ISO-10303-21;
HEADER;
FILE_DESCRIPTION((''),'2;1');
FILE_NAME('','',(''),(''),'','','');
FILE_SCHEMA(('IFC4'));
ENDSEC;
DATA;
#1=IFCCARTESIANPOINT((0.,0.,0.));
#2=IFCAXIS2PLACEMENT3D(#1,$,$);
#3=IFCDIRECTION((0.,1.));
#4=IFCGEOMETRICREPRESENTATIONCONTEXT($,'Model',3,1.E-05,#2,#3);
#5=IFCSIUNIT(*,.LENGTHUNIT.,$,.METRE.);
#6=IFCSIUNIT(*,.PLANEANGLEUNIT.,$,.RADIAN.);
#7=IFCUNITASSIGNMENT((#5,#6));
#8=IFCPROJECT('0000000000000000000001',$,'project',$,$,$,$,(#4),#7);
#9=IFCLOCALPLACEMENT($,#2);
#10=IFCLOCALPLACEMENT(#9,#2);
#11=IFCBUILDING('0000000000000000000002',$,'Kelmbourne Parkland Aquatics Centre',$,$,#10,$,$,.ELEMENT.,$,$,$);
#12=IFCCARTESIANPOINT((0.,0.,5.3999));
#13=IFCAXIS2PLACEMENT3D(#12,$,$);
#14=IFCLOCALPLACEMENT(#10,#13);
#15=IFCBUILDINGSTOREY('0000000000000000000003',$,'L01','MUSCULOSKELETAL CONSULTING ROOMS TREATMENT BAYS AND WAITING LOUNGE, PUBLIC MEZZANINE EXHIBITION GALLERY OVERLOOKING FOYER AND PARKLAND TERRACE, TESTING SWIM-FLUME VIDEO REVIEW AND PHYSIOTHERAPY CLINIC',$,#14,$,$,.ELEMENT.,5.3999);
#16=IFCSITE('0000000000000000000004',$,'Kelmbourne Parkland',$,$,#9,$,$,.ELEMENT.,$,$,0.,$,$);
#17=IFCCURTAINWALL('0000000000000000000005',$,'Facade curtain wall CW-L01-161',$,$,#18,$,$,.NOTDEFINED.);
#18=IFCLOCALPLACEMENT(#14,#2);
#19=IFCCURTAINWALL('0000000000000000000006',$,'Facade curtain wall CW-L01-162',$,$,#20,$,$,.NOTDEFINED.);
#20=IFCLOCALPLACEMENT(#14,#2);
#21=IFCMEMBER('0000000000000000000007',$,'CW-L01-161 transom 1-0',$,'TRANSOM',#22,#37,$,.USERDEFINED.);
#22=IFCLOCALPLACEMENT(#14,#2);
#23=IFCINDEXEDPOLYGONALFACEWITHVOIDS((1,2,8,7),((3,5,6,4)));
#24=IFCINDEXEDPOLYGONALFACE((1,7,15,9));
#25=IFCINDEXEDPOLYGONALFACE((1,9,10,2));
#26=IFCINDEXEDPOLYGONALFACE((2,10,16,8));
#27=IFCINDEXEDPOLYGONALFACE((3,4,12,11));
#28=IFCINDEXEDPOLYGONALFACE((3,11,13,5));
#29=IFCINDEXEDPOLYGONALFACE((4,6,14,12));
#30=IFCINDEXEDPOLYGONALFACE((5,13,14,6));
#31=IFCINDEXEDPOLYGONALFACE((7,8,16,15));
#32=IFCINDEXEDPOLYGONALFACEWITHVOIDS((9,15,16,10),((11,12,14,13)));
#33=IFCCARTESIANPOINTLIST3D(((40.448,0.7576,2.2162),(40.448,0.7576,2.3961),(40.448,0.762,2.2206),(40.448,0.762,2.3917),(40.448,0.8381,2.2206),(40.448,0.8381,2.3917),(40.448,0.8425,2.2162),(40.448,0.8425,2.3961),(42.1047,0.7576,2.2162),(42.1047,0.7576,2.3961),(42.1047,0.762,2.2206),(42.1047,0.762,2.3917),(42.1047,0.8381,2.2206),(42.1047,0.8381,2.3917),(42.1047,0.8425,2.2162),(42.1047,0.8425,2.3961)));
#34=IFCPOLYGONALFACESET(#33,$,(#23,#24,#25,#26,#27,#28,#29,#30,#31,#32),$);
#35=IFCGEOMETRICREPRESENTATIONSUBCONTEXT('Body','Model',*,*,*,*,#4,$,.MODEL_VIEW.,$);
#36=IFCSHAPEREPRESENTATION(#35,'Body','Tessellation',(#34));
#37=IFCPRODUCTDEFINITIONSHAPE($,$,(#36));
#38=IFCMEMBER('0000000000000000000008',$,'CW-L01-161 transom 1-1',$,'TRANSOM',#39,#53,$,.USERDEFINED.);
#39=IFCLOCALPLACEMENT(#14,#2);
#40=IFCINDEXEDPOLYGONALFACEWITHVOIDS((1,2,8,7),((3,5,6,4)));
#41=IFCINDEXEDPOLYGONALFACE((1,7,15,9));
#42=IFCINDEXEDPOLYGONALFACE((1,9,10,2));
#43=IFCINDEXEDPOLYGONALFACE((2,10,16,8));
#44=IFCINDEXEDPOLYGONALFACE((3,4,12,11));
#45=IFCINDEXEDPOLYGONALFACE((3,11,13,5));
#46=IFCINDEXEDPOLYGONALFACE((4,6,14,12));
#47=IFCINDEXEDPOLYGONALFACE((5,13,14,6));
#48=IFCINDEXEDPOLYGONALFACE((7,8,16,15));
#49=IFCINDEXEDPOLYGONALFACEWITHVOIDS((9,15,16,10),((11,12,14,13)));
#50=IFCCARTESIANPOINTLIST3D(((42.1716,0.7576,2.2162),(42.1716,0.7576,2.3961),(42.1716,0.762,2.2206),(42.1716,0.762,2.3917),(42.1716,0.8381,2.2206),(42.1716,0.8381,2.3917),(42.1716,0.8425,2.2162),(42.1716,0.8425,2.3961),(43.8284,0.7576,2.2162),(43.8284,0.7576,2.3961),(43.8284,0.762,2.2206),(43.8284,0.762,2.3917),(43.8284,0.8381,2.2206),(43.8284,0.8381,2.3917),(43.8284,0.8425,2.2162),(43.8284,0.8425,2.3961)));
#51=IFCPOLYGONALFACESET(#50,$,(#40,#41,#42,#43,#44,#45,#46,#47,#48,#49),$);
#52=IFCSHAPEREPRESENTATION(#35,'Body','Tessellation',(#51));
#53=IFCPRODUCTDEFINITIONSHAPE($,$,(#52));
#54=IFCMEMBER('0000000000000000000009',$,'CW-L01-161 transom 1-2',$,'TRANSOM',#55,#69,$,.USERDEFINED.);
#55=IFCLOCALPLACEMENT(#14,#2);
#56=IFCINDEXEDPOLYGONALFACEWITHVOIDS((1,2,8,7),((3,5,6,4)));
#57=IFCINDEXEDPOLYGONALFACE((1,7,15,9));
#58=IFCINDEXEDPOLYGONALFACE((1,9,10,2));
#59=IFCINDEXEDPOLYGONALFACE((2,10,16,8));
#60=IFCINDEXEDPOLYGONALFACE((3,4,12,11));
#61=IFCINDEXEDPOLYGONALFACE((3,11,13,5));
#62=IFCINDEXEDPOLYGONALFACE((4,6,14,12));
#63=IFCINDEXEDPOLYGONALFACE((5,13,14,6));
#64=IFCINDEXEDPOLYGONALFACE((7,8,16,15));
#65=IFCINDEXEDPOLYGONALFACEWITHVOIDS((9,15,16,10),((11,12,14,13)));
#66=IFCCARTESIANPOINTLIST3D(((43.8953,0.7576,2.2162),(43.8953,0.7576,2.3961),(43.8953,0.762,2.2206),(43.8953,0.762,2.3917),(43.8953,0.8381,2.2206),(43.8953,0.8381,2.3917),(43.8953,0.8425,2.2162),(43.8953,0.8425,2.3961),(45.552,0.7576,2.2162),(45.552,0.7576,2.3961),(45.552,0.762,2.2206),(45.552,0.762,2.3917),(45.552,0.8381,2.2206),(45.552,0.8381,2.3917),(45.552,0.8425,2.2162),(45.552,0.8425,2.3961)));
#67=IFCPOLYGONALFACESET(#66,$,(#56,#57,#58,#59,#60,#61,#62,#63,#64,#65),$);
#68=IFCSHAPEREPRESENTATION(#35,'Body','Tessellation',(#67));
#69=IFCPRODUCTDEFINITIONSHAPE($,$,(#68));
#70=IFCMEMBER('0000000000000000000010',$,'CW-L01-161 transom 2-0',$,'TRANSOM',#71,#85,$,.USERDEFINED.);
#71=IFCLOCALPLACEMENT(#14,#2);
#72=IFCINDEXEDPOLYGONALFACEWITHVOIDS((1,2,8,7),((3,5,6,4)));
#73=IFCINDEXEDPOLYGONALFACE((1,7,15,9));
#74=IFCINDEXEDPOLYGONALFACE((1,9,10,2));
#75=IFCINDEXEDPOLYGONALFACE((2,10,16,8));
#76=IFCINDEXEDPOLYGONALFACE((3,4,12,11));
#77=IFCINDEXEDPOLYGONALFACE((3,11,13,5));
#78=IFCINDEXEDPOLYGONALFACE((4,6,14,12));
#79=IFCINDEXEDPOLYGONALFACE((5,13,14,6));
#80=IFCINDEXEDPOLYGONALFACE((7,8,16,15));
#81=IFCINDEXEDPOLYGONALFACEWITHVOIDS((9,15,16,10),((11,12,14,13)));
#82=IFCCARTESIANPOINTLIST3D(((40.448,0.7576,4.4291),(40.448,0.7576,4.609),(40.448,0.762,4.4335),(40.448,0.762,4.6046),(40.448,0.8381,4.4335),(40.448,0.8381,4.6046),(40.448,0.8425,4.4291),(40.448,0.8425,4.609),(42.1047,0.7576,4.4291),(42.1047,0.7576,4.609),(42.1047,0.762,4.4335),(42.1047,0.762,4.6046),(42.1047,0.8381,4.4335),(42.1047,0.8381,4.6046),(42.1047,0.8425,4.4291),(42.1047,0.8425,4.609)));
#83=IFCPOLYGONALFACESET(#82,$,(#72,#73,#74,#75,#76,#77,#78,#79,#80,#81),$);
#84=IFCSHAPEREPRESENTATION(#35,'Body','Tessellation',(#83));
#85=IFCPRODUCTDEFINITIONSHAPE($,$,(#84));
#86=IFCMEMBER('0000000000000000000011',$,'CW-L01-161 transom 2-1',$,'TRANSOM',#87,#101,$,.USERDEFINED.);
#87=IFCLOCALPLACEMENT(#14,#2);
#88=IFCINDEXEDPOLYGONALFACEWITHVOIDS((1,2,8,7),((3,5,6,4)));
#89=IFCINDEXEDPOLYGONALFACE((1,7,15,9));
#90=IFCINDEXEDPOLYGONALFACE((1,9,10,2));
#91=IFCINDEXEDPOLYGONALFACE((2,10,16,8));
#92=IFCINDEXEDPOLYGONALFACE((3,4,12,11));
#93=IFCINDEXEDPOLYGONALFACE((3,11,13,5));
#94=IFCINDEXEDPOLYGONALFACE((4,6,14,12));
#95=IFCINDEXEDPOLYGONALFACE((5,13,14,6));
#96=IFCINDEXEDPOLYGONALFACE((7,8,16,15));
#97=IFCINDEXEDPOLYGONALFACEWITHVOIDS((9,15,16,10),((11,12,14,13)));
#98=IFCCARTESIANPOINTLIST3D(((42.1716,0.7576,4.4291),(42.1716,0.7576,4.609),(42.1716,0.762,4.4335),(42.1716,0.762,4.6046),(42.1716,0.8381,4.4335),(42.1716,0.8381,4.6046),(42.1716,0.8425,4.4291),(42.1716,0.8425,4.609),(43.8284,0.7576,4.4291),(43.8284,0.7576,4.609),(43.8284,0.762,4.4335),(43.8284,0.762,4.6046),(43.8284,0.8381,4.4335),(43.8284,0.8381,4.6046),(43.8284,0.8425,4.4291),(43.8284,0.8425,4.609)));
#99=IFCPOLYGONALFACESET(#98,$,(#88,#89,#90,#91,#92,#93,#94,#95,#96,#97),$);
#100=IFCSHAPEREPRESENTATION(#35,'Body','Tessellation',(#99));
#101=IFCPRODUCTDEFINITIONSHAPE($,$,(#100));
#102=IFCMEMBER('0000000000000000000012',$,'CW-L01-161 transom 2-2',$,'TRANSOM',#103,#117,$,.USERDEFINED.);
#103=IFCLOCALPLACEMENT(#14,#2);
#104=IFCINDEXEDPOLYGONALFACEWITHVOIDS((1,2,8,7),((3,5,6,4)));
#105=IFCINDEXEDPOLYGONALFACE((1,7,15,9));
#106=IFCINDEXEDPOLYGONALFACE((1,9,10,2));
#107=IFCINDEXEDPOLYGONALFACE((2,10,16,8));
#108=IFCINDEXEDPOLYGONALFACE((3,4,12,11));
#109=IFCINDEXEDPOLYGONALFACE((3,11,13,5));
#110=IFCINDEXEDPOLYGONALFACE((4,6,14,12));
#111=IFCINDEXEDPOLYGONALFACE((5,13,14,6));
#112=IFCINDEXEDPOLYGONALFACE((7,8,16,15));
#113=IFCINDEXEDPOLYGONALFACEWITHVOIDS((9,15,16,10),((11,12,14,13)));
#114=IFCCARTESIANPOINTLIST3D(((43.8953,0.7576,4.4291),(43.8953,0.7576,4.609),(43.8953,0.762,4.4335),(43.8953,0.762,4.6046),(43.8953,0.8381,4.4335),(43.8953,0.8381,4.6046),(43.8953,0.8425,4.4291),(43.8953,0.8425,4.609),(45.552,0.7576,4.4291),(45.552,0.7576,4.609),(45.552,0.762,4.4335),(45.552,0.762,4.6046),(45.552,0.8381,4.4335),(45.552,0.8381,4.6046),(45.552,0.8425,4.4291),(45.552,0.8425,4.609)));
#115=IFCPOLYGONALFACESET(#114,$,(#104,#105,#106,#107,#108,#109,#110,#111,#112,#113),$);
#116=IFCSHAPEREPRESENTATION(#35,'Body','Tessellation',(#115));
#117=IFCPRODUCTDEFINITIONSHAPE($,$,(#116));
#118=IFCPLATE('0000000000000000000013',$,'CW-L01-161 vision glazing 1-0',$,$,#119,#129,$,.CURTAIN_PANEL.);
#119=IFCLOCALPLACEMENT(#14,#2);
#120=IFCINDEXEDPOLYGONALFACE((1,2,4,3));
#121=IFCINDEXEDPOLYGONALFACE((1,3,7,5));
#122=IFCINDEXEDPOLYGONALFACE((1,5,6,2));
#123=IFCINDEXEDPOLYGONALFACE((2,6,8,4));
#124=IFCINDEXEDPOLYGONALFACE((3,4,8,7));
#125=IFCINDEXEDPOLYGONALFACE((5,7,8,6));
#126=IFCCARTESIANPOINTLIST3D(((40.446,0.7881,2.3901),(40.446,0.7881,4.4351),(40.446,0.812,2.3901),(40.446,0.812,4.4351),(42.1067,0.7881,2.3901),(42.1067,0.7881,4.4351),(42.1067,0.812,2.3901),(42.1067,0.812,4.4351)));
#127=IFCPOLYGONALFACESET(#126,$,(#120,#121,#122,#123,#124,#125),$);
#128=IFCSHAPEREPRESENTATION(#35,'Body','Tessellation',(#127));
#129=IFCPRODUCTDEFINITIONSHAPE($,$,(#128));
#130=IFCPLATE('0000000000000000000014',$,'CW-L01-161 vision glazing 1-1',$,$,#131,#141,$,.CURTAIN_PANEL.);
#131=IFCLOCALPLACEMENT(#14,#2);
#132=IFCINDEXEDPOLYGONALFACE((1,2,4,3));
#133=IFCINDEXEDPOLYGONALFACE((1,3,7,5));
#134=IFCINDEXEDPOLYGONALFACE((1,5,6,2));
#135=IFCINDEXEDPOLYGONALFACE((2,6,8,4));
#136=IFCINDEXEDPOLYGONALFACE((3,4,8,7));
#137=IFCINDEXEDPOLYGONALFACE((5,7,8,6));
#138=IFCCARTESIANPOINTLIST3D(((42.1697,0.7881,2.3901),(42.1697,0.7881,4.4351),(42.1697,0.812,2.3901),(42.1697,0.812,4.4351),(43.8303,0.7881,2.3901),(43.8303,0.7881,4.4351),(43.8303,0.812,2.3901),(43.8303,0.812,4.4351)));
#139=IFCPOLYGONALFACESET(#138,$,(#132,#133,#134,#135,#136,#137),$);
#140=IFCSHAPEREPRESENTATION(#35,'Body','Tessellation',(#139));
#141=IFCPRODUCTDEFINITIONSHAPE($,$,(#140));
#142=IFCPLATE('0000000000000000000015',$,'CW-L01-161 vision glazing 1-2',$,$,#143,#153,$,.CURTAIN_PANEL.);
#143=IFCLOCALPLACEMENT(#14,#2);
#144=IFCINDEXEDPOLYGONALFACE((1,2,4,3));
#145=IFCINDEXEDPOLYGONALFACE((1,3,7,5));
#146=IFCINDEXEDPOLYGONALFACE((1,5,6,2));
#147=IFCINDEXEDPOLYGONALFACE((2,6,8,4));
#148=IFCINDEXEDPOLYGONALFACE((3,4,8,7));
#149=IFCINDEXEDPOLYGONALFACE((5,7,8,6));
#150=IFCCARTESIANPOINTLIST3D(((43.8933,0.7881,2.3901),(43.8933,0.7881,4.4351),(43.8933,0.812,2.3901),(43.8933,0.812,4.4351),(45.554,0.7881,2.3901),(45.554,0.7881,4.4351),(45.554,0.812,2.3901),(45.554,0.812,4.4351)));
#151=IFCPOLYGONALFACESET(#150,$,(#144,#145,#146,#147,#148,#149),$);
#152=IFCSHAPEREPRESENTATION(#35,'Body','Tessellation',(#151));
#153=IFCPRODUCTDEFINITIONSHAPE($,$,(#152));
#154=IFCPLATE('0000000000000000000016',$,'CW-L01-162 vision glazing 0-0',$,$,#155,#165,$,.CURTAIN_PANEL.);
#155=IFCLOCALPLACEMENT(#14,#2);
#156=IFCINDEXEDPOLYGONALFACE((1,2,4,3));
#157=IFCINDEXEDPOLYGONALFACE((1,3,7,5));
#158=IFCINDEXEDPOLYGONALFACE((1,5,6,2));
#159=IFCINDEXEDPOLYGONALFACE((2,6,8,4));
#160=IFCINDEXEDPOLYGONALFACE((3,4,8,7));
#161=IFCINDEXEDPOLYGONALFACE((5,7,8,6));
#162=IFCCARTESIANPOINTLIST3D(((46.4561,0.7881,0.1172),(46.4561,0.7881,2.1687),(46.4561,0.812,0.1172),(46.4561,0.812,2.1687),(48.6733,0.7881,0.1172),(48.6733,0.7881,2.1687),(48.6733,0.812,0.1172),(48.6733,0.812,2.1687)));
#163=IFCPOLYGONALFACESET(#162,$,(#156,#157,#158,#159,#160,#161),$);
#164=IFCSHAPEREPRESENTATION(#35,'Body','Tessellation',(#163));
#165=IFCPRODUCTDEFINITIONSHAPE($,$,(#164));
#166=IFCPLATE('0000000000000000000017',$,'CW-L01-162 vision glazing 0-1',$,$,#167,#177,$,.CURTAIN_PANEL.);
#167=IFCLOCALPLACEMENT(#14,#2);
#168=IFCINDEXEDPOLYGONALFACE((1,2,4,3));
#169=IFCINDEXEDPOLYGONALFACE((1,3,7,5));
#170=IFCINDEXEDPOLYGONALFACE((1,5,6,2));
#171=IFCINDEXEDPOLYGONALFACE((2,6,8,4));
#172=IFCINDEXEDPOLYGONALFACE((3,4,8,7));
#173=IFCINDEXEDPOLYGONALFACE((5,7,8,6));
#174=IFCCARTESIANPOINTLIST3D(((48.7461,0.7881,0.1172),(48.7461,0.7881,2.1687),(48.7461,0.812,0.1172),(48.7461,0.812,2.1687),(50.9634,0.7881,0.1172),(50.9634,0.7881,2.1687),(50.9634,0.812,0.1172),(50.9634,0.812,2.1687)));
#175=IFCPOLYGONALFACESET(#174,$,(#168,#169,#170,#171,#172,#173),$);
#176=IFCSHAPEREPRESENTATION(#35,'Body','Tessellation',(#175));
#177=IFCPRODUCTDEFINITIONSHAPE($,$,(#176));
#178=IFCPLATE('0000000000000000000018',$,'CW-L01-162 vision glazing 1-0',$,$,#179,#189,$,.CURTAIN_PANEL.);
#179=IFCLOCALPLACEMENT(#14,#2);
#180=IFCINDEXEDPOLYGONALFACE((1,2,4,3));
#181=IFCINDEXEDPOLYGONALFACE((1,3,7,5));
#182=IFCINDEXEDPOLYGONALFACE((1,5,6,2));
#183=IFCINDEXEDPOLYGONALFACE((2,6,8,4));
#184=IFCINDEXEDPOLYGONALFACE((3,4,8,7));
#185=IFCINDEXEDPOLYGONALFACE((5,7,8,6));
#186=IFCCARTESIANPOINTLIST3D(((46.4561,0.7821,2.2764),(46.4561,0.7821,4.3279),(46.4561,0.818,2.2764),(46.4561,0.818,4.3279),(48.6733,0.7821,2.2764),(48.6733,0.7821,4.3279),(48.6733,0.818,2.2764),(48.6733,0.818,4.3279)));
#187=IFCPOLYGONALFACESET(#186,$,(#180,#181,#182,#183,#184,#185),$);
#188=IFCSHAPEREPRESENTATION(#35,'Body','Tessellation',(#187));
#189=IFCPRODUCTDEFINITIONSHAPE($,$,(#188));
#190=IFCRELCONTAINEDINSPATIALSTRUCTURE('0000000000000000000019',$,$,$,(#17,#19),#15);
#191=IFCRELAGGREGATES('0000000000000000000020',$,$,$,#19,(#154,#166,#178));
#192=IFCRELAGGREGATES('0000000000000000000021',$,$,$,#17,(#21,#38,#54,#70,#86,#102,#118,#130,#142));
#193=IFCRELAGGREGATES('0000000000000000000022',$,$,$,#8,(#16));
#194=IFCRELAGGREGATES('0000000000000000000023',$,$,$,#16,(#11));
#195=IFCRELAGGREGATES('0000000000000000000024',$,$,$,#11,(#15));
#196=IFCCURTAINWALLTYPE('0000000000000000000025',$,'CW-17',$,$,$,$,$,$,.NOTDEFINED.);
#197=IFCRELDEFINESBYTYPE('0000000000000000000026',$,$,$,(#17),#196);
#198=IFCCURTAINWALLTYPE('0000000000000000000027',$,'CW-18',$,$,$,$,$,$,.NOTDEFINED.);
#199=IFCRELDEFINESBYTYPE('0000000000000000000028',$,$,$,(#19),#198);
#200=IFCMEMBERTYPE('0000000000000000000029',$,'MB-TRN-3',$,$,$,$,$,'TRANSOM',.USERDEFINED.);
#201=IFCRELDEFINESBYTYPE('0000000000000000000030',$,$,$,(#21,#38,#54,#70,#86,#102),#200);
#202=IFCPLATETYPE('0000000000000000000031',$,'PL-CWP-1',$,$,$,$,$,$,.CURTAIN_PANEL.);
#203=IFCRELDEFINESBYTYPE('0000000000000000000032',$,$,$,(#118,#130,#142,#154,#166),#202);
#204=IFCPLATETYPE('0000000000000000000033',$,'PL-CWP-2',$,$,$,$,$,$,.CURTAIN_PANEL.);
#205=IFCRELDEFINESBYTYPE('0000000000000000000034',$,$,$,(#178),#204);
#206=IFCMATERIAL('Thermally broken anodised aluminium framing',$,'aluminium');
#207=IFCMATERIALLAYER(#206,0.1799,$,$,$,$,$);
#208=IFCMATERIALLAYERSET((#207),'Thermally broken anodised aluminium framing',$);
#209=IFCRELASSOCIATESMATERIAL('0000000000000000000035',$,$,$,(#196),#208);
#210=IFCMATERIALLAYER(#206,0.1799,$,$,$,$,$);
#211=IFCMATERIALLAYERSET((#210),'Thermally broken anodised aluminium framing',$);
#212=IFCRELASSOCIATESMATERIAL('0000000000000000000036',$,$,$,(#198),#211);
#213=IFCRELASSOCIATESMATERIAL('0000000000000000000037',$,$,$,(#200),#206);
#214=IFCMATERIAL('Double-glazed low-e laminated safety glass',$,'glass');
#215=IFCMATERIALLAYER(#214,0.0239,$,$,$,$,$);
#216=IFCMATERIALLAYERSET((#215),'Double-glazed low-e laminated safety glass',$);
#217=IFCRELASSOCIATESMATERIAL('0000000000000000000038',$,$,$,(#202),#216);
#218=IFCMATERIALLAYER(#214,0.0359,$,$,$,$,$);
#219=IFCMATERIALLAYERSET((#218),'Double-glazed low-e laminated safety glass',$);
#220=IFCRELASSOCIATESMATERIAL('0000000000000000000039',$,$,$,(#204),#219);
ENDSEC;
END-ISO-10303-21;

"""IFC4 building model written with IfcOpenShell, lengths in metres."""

from ifc_helpers import new_model, si_unit, direction, frame, origin, origin_2d, place, context, subcontext, project, spatial, rectangle, hollow_rectangle, extrude, material, layer, layer_set, material_profile, profile_set, type_object, element, aggregate, save


model = new_model("IFC4")

# Units and contexts
model_context = context("Model", 3, precision=1e-05, world=origin(), true_north=direction((0.0, 1.0)))
body_context = subcontext(model_context, "Body", "Model", "MODEL_VIEW")
ifc_project = project(units=[si_unit("LENGTHUNIT", "METRE"), si_unit("PLANEANGLEUNIT", "RADIAN")], contexts=[model_context])

# Site, building, storey
site_placement = place(None, origin())
site = spatial("IfcSite", under=ifc_project, at=site_placement, Name="Kelmbourne Parkland", CompositionType="ELEMENT", RefElevation=0.0)
building_placement = place(site_placement, origin())
building = spatial("IfcBuilding", under=site, at=building_placement, Name="Kelmbourne Parkland Aquatics Centre", CompositionType="ELEMENT")
storey_placement = place(building_placement, frame((0.0, 0.0, 5.3999)))
storey = spatial("IfcBuildingStorey", under=building, at=storey_placement, Name="L01", Description="MUSCULOSKELETAL CONSULTING ROOMS TREATMENT BAYS AND WAITING LOUNGE, PUBLIC MEZZANINE EXHIBITION GALLERY OVERLOOKING FOYER AND PARKLAND TERRACE, TESTING SWIM-FLUME VIDEO REVIEW AND PHYSIOTHERAPY CLINIC", CompositionType="ELEMENT", Elevation=5.3999)

# Curtain walls
ifc_material_1 = material(Name="Thermally broken anodised aluminium framing", Category="aluminium")
ifc_layer_1 = layer(ifc_material_1, 0.1799)
ifc_layer_set_1 = layer_set([ifc_layer_1], Name="Thermally broken anodised aluminium framing")
curtain_wall_type_1 = type_object("IfcCurtainWallType", Name="CW-17", PredefinedType="NOTDEFINED", material=ifc_layer_set_1)
curtain_wall_1_placement = place(storey_placement, origin())
curtain_wall_1 = element("IfcCurtainWall", 1, at=curtain_wall_1_placement, inside=storey, type_object=curtain_wall_type_1, Name="Facade curtain wall CW-L01-161", PredefinedType="NOTDEFINED")
ifc_layer_2 = layer(ifc_material_1, 0.1799)
ifc_layer_set_2 = layer_set([ifc_layer_2], Name="Thermally broken anodised aluminium framing")
curtain_wall_type_2 = type_object("IfcCurtainWallType", Name="CW-18", PredefinedType="NOTDEFINED", material=ifc_layer_set_2)
curtain_wall_2_placement = place(storey_placement, origin())
curtain_wall_2 = element("IfcCurtainWall", 2, at=curtain_wall_2_placement, inside=storey, type_object=curtain_wall_type_2, Name="Facade curtain wall CW-L01-162", PredefinedType="NOTDEFINED")

# Members
ifc_material_profile_1 = material_profile(ifc_material_1, hollow_rectangle(XDim=0.085, YDim=0.1799, WallThickness=0.0044, at=origin_2d()), Name="CW-T 85x180")
ifc_profile_set_1 = profile_set([ifc_material_profile_1], Name="Thermally broken anodised aluminium framing")
member_type_1 = type_object("IfcMemberType", Name="MB-TRN-3", ElementType="TRANSOM", PredefinedType="USERDEFINED", material=ifc_profile_set_1)
member_1_placement = place(storey_placement, frame((40.448, 0.8, 2.3062), z_axis=(1.0, 0.0, 0.0), x_axis=(0.0, 1.0, 0.0)))
member_1 = element("IfcMember", 3, at=member_1_placement, type_object=member_type_1, Name="CW-L01-161 transom 1-0", ObjectType="TRANSOM", PredefinedType="USERDEFINED", context=body_context, shape_type="SweptSolid", body=[
    extrude(hollow_rectangle(XDim=0.085, YDim=0.1799, WallThickness=0.0044, at=origin_2d()), origin(), (0.0, 0.0, 1.0), 1.6567),
])
member_2_placement = place(storey_placement, frame((42.1716, 0.8, 2.3062), z_axis=(1.0, 0.0, 0.0), x_axis=(0.0, 1.0, 0.0)))
member_2 = element("IfcMember", 4, at=member_2_placement, type_object=member_type_1, Name="CW-L01-161 transom 1-1", ObjectType="TRANSOM", PredefinedType="USERDEFINED", context=body_context, shape_type="SweptSolid", body=[
    extrude(hollow_rectangle(XDim=0.085, YDim=0.1799, WallThickness=0.0044, at=origin_2d()), origin(), (0.0, 0.0, 1.0), 1.6567),
])
member_3_placement = place(storey_placement, frame((43.8953, 0.8, 2.3062), z_axis=(1.0, 0.0, 0.0), x_axis=(0.0, 1.0, 0.0)))
member_3 = element("IfcMember", 5, at=member_3_placement, type_object=member_type_1, Name="CW-L01-161 transom 1-2", ObjectType="TRANSOM", PredefinedType="USERDEFINED", context=body_context, shape_type="SweptSolid", body=[
    extrude(hollow_rectangle(XDim=0.085, YDim=0.1799, WallThickness=0.0044, at=origin_2d()), origin(), (0.0, 0.0, 1.0), 1.6567),
])
member_4_placement = place(storey_placement, frame((40.448, 0.8, 4.519), z_axis=(1.0, 0.0, 0.0), x_axis=(0.0, 1.0, 0.0)))
member_4 = element("IfcMember", 6, at=member_4_placement, type_object=member_type_1, Name="CW-L01-161 transom 2-0", ObjectType="TRANSOM", PredefinedType="USERDEFINED", context=body_context, shape_type="SweptSolid", body=[
    extrude(hollow_rectangle(XDim=0.085, YDim=0.1799, WallThickness=0.0044, at=origin_2d()), origin(), (0.0, 0.0, 1.0), 1.6567),
])
member_5_placement = place(storey_placement, frame((42.1716, 0.8, 4.519), z_axis=(1.0, 0.0, 0.0), x_axis=(0.0, 1.0, 0.0)))
member_5 = element("IfcMember", 7, at=member_5_placement, type_object=member_type_1, Name="CW-L01-161 transom 2-1", ObjectType="TRANSOM", PredefinedType="USERDEFINED", context=body_context, shape_type="SweptSolid", body=[
    extrude(hollow_rectangle(XDim=0.085, YDim=0.1799, WallThickness=0.0044, at=origin_2d()), origin(), (0.0, 0.0, 1.0), 1.6567),
])
member_6_placement = place(storey_placement, frame((43.8953, 0.8, 4.519), z_axis=(1.0, 0.0, 0.0), x_axis=(0.0, 1.0, 0.0)))
member_6 = element("IfcMember", 8, at=member_6_placement, type_object=member_type_1, Name="CW-L01-161 transom 2-2", ObjectType="TRANSOM", PredefinedType="USERDEFINED", context=body_context, shape_type="SweptSolid", body=[
    extrude(hollow_rectangle(XDim=0.085, YDim=0.1799, WallThickness=0.0044, at=origin_2d()), origin(), (0.0, 0.0, 1.0), 1.6567),
])

# Plates
ifc_material_2 = material(Name="Double-glazed low-e laminated safety glass", Category="glass")
ifc_layer_3 = layer(ifc_material_2, 0.0239)
ifc_layer_set_3 = layer_set([ifc_layer_3], Name="Double-glazed low-e laminated safety glass")
plate_type_1 = type_object("IfcPlateType", Name="PL-CWP-1", PredefinedType="CURTAIN_PANEL", material=ifc_layer_set_3)
plate_1_placement = place(storey_placement, frame((41.2764, 0.8, 2.3901), z_axis=(0.0, 0.0, 1.0), x_axis=(1.0, 0.0, 0.0)))
plate_1 = element("IfcPlate", 9, at=plate_1_placement, type_object=plate_type_1, Name="CW-L01-161 vision glazing 1-0", PredefinedType="CURTAIN_PANEL", context=body_context, shape_type="SweptSolid", body=[
    extrude(rectangle(XDim=1.6606, YDim=0.0239, at=origin_2d()), origin(), (0.0, 0.0, 1.0), 2.0449),
])
plate_2_placement = place(storey_placement, frame((43.0, 0.8, 2.3901), z_axis=(0.0, 0.0, 1.0), x_axis=(1.0, 0.0, 0.0)))
plate_2 = element("IfcPlate", 10, at=plate_2_placement, type_object=plate_type_1, Name="CW-L01-161 vision glazing 1-1", PredefinedType="CURTAIN_PANEL", context=body_context, shape_type="SweptSolid", body=[
    extrude(rectangle(XDim=1.6606, YDim=0.0239, at=origin_2d()), origin(), (0.0, 0.0, 1.0), 2.0449),
])
plate_3_placement = place(storey_placement, frame((44.7236, 0.8, 2.3901), z_axis=(0.0, 0.0, 1.0), x_axis=(1.0, 0.0, 0.0)))
plate_3 = element("IfcPlate", 11, at=plate_3_placement, type_object=plate_type_1, Name="CW-L01-161 vision glazing 1-2", PredefinedType="CURTAIN_PANEL", context=body_context, shape_type="SweptSolid", body=[
    extrude(rectangle(XDim=1.6606, YDim=0.0239, at=origin_2d()), origin(), (0.0, 0.0, 1.0), 2.0449),
])
plate_4_placement = place(storey_placement, frame((47.5647, 0.8, 0.1172), z_axis=(0.0, 0.0, 1.0), x_axis=(1.0, 0.0, 0.0)))
plate_4 = element("IfcPlate", 12, at=plate_4_placement, type_object=plate_type_1, Name="CW-L01-162 vision glazing 0-0", PredefinedType="CURTAIN_PANEL", context=body_context, shape_type="SweptSolid", body=[
    extrude(rectangle(XDim=2.2173, YDim=0.0239, at=origin_2d()), origin(), (0.0, 0.0, 1.0), 2.0515),
])
plate_5_placement = place(storey_placement, frame((49.8547, 0.8, 0.1172), z_axis=(0.0, 0.0, 1.0), x_axis=(1.0, 0.0, 0.0)))
plate_5 = element("IfcPlate", 13, at=plate_5_placement, type_object=plate_type_1, Name="CW-L01-162 vision glazing 0-1", PredefinedType="CURTAIN_PANEL", context=body_context, shape_type="SweptSolid", body=[
    extrude(rectangle(XDim=2.2173, YDim=0.0239, at=origin_2d()), origin(), (0.0, 0.0, 1.0), 2.0515),
])
ifc_layer_4 = layer(ifc_material_2, 0.0359)
ifc_layer_set_4 = layer_set([ifc_layer_4], Name="Double-glazed low-e laminated safety glass")
plate_type_2 = type_object("IfcPlateType", Name="PL-CWP-2", PredefinedType="CURTAIN_PANEL", material=ifc_layer_set_4)
plate_6_placement = place(storey_placement, frame((47.5647, 0.8, 2.2764), z_axis=(0.0, 0.0, 1.0), x_axis=(1.0, 0.0, 0.0)))
plate_6 = element("IfcPlate", 14, at=plate_6_placement, type_object=plate_type_2, Name="CW-L01-162 vision glazing 1-0", PredefinedType="CURTAIN_PANEL", context=body_context, shape_type="SweptSolid", body=[
    extrude(rectangle(XDim=2.2173, YDim=0.0359, at=origin_2d()), origin(), (0.0, 0.0, 1.0), 2.0515),
])
aggregate(curtain_wall_2, [plate_4, plate_5, plate_6])
aggregate(curtain_wall_1, [member_1, member_2, member_3, member_4, member_5, member_6, plate_1, plate_2, plate_3])

save(model, "model.ifc")
